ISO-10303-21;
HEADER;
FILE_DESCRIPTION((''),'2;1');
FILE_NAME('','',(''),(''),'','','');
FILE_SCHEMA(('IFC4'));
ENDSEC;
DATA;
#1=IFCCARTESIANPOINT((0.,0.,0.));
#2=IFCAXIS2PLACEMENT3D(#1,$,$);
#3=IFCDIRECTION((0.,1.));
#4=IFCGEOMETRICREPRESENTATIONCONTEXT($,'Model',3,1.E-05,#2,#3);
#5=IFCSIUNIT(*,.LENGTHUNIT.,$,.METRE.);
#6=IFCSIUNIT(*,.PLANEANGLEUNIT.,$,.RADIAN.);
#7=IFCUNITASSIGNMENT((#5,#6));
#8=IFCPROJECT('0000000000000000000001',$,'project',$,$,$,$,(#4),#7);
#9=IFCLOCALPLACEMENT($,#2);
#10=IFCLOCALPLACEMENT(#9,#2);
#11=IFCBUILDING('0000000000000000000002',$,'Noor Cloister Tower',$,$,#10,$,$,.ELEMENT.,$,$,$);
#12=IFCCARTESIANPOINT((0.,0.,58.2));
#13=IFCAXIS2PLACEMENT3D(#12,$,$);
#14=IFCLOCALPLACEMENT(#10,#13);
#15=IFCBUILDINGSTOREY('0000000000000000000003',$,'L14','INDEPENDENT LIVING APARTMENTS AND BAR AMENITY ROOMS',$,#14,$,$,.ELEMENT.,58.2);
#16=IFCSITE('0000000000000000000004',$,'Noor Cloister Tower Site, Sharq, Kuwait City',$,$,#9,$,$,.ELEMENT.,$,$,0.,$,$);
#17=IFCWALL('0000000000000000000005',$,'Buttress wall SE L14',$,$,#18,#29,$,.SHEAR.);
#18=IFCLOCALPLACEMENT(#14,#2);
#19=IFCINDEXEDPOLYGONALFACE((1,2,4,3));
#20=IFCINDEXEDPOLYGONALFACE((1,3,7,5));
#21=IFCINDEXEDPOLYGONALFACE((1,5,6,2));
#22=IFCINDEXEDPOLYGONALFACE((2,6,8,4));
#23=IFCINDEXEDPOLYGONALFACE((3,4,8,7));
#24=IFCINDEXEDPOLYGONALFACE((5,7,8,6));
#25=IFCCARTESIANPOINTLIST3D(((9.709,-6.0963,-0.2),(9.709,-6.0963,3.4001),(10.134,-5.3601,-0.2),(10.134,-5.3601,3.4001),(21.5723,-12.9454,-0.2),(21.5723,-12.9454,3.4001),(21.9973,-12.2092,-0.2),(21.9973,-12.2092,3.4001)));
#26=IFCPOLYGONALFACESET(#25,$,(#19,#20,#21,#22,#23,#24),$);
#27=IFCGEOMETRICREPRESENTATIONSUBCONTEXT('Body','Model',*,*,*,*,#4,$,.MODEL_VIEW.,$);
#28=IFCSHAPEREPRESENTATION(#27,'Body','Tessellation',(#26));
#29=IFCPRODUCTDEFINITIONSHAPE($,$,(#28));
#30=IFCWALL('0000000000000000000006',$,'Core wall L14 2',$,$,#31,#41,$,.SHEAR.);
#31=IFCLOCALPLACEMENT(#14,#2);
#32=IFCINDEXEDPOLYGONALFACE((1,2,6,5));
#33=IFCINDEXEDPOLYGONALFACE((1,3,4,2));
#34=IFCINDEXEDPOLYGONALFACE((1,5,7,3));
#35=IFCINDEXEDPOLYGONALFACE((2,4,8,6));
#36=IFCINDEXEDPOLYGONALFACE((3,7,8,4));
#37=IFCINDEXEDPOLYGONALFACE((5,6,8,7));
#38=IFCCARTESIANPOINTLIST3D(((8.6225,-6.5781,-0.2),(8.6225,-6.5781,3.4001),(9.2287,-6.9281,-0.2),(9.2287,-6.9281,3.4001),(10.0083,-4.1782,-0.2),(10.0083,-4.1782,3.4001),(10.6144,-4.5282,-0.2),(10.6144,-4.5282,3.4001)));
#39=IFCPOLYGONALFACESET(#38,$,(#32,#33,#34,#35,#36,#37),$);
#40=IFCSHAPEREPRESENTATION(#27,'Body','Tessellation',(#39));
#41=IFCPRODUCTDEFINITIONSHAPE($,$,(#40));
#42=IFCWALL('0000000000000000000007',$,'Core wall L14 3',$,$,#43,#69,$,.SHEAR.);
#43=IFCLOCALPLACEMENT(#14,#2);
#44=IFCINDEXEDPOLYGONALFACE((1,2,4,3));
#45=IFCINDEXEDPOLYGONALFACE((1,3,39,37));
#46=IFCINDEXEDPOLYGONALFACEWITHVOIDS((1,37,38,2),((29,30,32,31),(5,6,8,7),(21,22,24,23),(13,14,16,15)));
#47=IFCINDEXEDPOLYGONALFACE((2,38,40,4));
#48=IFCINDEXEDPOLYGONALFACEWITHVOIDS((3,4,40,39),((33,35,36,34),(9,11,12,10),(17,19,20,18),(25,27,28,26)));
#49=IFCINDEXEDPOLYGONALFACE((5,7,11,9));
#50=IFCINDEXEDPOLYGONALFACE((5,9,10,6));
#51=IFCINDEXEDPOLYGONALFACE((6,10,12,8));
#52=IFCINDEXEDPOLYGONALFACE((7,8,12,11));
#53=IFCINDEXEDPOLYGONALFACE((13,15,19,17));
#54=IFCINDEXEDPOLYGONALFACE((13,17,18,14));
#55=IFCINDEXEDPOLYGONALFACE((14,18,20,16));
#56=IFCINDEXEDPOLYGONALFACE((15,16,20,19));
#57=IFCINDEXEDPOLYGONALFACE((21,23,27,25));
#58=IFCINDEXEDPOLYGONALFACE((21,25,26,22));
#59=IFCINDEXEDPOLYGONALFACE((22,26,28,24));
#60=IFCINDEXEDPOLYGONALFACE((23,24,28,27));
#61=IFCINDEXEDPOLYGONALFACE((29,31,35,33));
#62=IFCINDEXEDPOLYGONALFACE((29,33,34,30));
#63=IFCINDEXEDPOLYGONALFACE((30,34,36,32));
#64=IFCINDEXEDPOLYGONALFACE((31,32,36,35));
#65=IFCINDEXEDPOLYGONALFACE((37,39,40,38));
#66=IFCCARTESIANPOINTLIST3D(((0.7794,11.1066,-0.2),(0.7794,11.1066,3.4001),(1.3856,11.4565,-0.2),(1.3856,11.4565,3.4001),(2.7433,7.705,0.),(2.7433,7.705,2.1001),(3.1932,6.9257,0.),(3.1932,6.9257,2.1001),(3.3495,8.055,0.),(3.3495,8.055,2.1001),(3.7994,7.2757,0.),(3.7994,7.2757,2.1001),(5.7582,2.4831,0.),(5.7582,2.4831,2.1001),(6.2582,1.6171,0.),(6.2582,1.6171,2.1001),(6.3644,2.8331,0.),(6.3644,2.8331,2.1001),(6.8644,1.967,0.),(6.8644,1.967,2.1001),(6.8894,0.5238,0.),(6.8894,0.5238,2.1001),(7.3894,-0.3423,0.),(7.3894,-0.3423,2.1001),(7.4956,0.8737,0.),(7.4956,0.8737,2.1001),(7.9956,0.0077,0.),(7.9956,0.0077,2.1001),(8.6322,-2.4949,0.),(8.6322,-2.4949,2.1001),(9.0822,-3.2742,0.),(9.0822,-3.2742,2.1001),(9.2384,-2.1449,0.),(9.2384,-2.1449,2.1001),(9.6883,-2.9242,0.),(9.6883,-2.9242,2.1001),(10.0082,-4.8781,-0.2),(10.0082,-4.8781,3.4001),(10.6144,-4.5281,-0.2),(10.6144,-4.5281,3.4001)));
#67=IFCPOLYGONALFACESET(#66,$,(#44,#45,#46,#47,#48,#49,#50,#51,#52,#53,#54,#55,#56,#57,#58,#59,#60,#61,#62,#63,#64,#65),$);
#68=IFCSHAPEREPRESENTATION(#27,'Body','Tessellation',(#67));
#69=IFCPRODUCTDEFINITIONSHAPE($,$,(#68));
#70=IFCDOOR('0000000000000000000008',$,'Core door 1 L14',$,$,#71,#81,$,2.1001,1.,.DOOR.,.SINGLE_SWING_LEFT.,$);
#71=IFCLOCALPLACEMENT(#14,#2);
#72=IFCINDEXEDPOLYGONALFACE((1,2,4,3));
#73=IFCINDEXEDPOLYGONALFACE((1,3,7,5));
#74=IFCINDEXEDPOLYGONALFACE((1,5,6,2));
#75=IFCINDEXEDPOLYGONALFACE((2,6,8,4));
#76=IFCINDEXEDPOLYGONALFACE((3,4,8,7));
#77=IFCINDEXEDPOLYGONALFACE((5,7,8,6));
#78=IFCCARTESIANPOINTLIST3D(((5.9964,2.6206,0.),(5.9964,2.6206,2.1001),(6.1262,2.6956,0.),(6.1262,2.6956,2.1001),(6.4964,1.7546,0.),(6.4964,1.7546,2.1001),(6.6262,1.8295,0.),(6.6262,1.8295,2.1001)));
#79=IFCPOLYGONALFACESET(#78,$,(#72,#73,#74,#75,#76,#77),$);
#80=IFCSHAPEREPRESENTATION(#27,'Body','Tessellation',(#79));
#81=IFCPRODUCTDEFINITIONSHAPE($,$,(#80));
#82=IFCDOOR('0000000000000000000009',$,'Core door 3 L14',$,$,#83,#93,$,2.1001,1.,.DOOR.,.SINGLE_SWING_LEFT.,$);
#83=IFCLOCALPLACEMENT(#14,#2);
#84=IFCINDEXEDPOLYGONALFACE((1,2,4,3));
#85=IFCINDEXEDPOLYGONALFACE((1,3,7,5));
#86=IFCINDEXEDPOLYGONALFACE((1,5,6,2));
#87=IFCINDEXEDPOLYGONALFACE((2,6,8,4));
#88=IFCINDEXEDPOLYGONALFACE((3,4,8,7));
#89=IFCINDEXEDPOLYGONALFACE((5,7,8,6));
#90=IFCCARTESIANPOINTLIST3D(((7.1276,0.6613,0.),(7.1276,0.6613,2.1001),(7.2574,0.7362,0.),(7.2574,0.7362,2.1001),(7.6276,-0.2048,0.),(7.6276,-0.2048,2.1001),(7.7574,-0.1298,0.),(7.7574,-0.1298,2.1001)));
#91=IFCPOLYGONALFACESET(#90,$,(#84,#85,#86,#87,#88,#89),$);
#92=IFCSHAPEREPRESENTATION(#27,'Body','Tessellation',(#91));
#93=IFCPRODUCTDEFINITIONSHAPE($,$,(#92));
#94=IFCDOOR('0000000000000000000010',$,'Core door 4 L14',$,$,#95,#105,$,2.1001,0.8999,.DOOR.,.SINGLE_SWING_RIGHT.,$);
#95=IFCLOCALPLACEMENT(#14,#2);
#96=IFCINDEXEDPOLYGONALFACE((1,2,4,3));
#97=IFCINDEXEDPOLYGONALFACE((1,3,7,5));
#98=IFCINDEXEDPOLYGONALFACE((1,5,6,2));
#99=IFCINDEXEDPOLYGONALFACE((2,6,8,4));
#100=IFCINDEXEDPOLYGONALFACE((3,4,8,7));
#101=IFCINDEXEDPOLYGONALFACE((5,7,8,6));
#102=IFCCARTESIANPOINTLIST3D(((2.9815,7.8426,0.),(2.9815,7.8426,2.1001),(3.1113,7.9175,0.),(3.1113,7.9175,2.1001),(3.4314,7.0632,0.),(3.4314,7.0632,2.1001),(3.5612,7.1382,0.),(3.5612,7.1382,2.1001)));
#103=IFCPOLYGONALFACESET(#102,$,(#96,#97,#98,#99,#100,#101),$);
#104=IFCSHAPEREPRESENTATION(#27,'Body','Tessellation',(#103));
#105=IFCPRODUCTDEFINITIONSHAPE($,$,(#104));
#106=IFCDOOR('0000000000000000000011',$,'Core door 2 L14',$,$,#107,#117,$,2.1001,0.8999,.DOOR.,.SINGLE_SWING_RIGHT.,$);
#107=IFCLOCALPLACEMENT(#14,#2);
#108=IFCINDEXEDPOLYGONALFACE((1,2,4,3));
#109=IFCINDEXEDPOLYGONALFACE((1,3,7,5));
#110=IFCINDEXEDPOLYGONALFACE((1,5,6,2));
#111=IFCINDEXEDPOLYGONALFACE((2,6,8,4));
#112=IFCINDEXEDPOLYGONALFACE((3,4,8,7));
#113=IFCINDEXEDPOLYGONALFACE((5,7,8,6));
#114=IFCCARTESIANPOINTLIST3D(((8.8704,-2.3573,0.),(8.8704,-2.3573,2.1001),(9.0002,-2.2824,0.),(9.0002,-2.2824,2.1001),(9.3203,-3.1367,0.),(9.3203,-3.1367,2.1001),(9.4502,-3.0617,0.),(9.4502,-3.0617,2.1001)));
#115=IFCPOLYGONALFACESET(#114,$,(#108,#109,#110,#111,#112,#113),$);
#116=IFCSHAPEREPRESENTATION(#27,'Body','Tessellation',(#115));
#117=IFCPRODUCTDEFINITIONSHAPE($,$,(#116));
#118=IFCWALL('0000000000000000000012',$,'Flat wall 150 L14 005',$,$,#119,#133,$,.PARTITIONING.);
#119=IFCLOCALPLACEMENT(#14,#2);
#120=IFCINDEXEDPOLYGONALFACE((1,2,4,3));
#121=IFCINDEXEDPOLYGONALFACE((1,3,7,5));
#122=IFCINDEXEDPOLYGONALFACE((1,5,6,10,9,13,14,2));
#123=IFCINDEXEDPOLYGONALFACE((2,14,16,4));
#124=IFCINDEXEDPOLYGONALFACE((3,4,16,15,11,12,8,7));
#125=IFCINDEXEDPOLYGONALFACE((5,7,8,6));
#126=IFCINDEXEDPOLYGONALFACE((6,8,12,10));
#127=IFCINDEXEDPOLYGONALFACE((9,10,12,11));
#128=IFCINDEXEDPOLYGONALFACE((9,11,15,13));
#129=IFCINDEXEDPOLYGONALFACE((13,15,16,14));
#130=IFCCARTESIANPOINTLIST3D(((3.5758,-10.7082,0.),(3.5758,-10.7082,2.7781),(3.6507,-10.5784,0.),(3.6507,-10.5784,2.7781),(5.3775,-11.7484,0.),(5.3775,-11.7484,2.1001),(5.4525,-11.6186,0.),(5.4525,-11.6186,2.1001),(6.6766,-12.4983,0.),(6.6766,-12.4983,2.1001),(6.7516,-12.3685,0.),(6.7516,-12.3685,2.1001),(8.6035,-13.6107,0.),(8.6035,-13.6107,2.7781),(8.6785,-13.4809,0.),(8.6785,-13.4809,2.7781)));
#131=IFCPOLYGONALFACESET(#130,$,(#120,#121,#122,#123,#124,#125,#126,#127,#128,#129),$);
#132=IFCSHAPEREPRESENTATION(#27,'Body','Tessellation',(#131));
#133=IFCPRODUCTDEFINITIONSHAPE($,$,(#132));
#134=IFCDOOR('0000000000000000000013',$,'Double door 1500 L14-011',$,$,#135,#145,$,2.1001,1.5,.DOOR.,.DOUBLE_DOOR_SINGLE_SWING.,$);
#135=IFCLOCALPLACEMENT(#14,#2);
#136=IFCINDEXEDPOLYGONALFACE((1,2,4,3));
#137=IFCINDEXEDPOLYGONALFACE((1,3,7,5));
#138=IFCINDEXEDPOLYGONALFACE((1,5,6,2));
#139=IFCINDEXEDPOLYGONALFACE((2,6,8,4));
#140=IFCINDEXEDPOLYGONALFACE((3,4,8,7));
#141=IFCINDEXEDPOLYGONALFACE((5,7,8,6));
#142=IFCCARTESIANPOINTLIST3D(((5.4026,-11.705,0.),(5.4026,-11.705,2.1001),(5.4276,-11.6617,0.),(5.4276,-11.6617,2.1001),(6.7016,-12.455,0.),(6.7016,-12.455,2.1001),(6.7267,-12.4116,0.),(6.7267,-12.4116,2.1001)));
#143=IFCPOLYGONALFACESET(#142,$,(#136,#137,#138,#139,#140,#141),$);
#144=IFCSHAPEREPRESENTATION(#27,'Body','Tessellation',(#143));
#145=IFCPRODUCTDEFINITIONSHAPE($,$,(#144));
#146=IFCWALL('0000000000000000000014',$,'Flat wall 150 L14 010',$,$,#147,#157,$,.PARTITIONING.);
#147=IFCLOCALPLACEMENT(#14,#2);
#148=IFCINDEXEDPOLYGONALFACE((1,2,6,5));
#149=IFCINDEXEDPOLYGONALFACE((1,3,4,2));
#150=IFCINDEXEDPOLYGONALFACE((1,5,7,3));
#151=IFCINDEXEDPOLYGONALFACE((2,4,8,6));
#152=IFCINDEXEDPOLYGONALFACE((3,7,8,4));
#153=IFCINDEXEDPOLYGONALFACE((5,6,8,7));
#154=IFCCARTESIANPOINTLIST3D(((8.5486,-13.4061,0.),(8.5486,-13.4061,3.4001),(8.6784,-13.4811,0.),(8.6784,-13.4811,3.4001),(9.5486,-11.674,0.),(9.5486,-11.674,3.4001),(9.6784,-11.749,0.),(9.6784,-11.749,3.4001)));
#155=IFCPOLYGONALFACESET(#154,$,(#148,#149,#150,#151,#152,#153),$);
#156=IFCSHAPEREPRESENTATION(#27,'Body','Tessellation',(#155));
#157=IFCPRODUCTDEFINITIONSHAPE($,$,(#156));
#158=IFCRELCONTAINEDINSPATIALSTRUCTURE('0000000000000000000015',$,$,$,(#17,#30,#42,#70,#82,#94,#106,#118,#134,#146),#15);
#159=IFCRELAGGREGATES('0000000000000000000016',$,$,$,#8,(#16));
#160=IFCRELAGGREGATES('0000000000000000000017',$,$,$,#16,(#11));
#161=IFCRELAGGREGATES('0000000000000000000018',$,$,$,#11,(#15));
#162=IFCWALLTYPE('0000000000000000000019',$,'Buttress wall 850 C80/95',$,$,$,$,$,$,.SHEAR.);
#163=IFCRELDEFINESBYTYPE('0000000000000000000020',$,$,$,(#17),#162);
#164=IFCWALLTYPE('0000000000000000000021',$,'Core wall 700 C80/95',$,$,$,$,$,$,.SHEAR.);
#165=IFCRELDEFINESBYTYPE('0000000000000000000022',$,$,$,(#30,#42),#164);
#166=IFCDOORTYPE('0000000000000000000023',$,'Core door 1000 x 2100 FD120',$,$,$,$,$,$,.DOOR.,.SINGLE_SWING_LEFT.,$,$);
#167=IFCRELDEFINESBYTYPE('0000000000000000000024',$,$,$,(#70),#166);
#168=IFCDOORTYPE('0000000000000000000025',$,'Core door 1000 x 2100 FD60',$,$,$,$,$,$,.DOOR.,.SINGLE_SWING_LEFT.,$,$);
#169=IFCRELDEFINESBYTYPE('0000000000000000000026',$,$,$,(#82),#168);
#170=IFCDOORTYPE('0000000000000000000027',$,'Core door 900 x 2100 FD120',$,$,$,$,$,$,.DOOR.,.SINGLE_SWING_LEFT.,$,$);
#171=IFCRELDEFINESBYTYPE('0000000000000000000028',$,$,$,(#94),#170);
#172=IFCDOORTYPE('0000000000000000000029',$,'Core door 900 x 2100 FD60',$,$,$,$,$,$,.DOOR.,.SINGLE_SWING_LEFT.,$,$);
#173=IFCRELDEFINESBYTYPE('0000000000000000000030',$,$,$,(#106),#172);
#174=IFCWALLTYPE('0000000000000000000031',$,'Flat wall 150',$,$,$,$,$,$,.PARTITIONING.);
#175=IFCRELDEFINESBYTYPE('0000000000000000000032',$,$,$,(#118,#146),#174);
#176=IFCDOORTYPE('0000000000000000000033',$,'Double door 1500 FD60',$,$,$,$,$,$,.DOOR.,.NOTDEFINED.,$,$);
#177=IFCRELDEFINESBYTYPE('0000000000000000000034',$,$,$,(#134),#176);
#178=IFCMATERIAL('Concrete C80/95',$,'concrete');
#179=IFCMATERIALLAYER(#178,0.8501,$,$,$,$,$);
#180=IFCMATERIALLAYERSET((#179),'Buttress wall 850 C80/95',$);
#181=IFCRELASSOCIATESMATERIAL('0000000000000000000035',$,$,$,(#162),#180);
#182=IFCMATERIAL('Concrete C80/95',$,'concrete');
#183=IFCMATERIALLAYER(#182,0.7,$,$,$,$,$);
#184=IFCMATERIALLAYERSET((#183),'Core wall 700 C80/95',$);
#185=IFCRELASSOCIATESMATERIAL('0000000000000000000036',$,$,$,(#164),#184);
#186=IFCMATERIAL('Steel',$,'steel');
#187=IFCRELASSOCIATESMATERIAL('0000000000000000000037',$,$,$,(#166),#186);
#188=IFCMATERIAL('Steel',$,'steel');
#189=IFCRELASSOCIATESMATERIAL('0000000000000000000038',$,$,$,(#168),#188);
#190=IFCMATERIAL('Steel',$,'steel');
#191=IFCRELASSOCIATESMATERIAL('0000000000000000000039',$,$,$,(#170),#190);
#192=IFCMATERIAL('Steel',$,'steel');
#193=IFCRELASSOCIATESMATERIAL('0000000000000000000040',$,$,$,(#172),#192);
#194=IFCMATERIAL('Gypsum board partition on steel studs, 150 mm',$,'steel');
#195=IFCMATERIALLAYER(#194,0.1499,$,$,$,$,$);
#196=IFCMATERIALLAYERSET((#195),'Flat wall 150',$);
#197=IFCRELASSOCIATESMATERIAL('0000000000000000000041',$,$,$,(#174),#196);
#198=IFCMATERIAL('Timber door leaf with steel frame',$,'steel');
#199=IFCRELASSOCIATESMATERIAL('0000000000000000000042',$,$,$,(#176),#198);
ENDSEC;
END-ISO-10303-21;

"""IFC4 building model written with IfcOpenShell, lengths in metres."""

from ifc_helpers import new_model, si_unit, direction, frame, frame_2d, origin, place, context, subcontext, project, spatial, rectangle, extrude, material, layer, layer_set, type_object, element, fill, save


model = new_model("IFC4")

# Units and contexts
model_context = context("Model", 3, precision=1e-05, world=origin(), true_north=direction((0.0, 1.0)))
body_context = subcontext(model_context, "Body", "Model", "MODEL_VIEW")
ifc_project = project(units=[si_unit("LENGTHUNIT", "METRE"), si_unit("PLANEANGLEUNIT", "RADIAN")], contexts=[model_context])

# Site, building, storey
site_placement = place(None, origin())
site = spatial("IfcSite", under=ifc_project, at=site_placement, Name="Noor Cloister Tower Site, Sharq, Kuwait City", CompositionType="ELEMENT", RefElevation=0.0)
building_placement = place(site_placement, origin())
building = spatial("IfcBuilding", under=site, at=building_placement, Name="Noor Cloister Tower", CompositionType="ELEMENT")
storey_placement = place(building_placement, frame((0.0, 0.0, 58.2)))
storey = spatial("IfcBuildingStorey", under=building, at=storey_placement, Name="L14", Description="INDEPENDENT LIVING APARTMENTS AND BAR AMENITY ROOMS", CompositionType="ELEMENT", Elevation=58.2)

# Walls
ifc_material_1 = material(Name="Concrete C80/95", Category="concrete")
ifc_layer_1 = layer(ifc_material_1, 0.8501)
ifc_layer_set_1 = layer_set([ifc_layer_1], Name="Buttress wall 850 C80/95")
wall_type_1 = type_object("IfcWallType", Name="Buttress wall 850 C80/95", PredefinedType="SHEAR", material=ifc_layer_set_1)
wall_1_placement = place(storey_placement, frame((9.9216, -5.7283, -0.2), z_axis=(0.0, 0.0, 1.0), x_axis=(0.86603, -0.499992, 0.0)))
element("IfcWall", 1, at=wall_1_placement, inside=storey, type_object=wall_type_1, Name="Buttress wall SE L14", PredefinedType="SHEAR", context=body_context, shape_type="SweptSolid", body=[
    extrude(rectangle(XDim=13.6985, YDim=0.8501, at=frame_2d((6.8491, 0.0))), origin(), (0.0, 0.0, 1.0), 3.6001),
])
ifc_material_2 = material(Name="Concrete C80/95", Category="concrete")
ifc_layer_2 = layer(ifc_material_2, 0.7)
ifc_layer_set_2 = layer_set([ifc_layer_2], Name="Core wall 700 C80/95")
wall_type_2 = type_object("IfcWallType", Name="Core wall 700 C80/95", PredefinedType="SHEAR", material=ifc_layer_set_2)
wall_2_placement = place(storey_placement, frame((8.9255, -6.7532, -0.2), z_axis=(0.0, 0.0, 1.0), x_axis=(0.500043, 0.866001, 0.0)))
element("IfcWall", 2, at=wall_2_placement, inside=storey, type_object=wall_type_2, Name="Core wall L14 2", PredefinedType="SHEAR", context=body_context, shape_type="SweptSolid", body=[
    extrude(rectangle(XDim=2.7712, YDim=0.7, at=frame_2d((1.3857, 0.0))), origin(), (0.0, 0.0, 1.0), 3.6001),
])

# Wall, openings, doors
wall_3_placement = place(storey_placement, frame((10.3113, -4.7031, -0.2), z_axis=(0.0, 0.0, 1.0), x_axis=(-0.500001, 0.866025, 0.0)))
wall_3 = element("IfcWall", 3, at=wall_3_placement, inside=storey, type_object=wall_type_2, Name="Core wall L14 3", PredefinedType="SHEAR", context=body_context, shape_type="SweptSolid", body=[
    extrude(rectangle(XDim=18.4575, YDim=0.7, at=frame_2d((9.2288, 0.0))), origin(), (0.0, 0.0, 1.0), 3.6001),
])
opening_1_placement = place(wall_3_placement, frame((7.5, 0.0, 0.2)))
opening_1 = element("IfcOpeningElement", 4, at=opening_1_placement, cuts=wall_3, PredefinedType="OPENING", context=body_context, shape_type="SweptSolid", body=[
    extrude(rectangle(XDim=1.0, YDim=2.1001, at=frame_2d((0.5, 1.05))), frame((0.0, 0.3599, 0.0), z_axis=(0.0, -1.0, 0.0), x_axis=(1.0, 0.0, 0.0)), (0.0, 0.0, 1.0), 0.72),
])
opening_2_placement = place(wall_3_placement, frame((1.8521, 0.0, 0.2)))
opening_2 = element("IfcOpeningElement", 5, at=opening_2_placement, cuts=wall_3, PredefinedType="OPENING", context=body_context, shape_type="SweptSolid", body=[
    extrude(rectangle(XDim=0.8999, YDim=2.1001, at=frame_2d((0.45, 1.05))), frame((0.0, 0.3599, 0.0), z_axis=(0.0, -1.0, 0.0), x_axis=(1.0, 0.0, 0.0)), (0.0, 0.0, 1.0), 0.72),
])
opening_3_placement = place(wall_3_placement, frame((5.2375, 0.0, 0.2)))
opening_3 = element("IfcOpeningElement", 6, at=opening_3_placement, cuts=wall_3, PredefinedType="OPENING", context=body_context, shape_type="SweptSolid", body=[
    extrude(rectangle(XDim=1.0, YDim=2.1001, at=frame_2d((0.5, 1.05))), frame((0.0, 0.3599, 0.0), z_axis=(0.0, -1.0, 0.0), x_axis=(1.0, 0.0, 0.0)), (0.0, 0.0, 1.0), 0.72),
])
opening_4_placement = place(wall_3_placement, frame((13.6299, 0.0, 0.2)))
opening_4 = element("IfcOpeningElement", 7, at=opening_4_placement, cuts=wall_3, PredefinedType="OPENING", context=body_context, shape_type="SweptSolid", body=[
    extrude(rectangle(XDim=0.8999, YDim=2.1001, at=frame_2d((0.45, 1.05))), frame((0.0, 0.3599, 0.0), z_axis=(0.0, -1.0, 0.0), x_axis=(1.0, 0.0, 0.0)), (0.0, 0.0, 1.0), 0.72),
])
ifc_material_3 = material(Name="Steel", Category="steel")
door_type_1 = type_object("IfcDoorType", Name="Core door 1000 x 2100 FD120", OperationType="SINGLE_SWING_LEFT", PredefinedType="DOOR", material=ifc_material_3)
door_1_placement = place(opening_1_placement, origin())
door_1 = element("IfcDoor", 8, at=door_1_placement, inside=storey, type_object=door_type_1, Name="Core door 1 L14", OperationType="SINGLE_SWING_LEFT", OverallHeight=2.1001, OverallWidth=1.0, PredefinedType="DOOR", context=body_context, shape_type="SweptSolid", body=[
    extrude(rectangle(XDim=1.0, YDim=2.1001, at=frame_2d((0.5, 1.05))), frame((0.0, 0.075, 0.0), z_axis=(0.0, -1.0, 0.0), x_axis=(1.0, 0.0, 0.0)), (0.0, 0.0, 1.0), 0.1499),
])
fill(opening_1, door_1)
ifc_material_4 = material(Name="Steel", Category="steel")
door_type_2 = type_object("IfcDoorType", Name="Core door 1000 x 2100 FD60", OperationType="SINGLE_SWING_LEFT", PredefinedType="DOOR", material=ifc_material_4)
door_2_placement = place(opening_3_placement, origin())
door_2 = element("IfcDoor", 9, at=door_2_placement, inside=storey, type_object=door_type_2, Name="Core door 3 L14", OperationType="SINGLE_SWING_LEFT", OverallHeight=2.1001, OverallWidth=1.0, PredefinedType="DOOR", context=body_context, shape_type="SweptSolid", body=[
    extrude(rectangle(XDim=1.0, YDim=2.1001, at=frame_2d((0.5, 1.05))), frame((0.0, 0.075, 0.0), z_axis=(0.0, -1.0, 0.0), x_axis=(1.0, 0.0, 0.0)), (0.0, 0.0, 1.0), 0.1499),
])
fill(opening_3, door_2)
ifc_material_5 = material(Name="Steel", Category="steel")
door_type_3 = type_object("IfcDoorType", Name="Core door 900 x 2100 FD120", OperationType="SINGLE_SWING_LEFT", PredefinedType="DOOR", material=ifc_material_5)
door_3_placement = place(opening_4_placement, origin())
door_3 = element("IfcDoor", 10, at=door_3_placement, inside=storey, type_object=door_type_3, Name="Core door 4 L14", OperationType="SINGLE_SWING_RIGHT", OverallHeight=2.1001, OverallWidth=0.8999, PredefinedType="DOOR", context=body_context, shape_type="SweptSolid", body=[
    extrude(rectangle(XDim=0.8999, YDim=2.1001, at=frame_2d((0.45, 1.05))), frame((0.0, 0.075, 0.0), z_axis=(0.0, -1.0, 0.0), x_axis=(1.0, 0.0, 0.0)), (0.0, 0.0, 1.0), 0.1499),
])
fill(opening_4, door_3)
ifc_material_6 = material(Name="Steel", Category="steel")
door_type_4 = type_object("IfcDoorType", Name="Core door 900 x 2100 FD60", OperationType="SINGLE_SWING_LEFT", PredefinedType="DOOR", material=ifc_material_6)
door_4_placement = place(opening_2_placement, origin())
door_4 = element("IfcDoor", 11, at=door_4_placement, inside=storey, type_object=door_type_4, Name="Core door 2 L14", OperationType="SINGLE_SWING_RIGHT", OverallHeight=2.1001, OverallWidth=0.8999, PredefinedType="DOOR", context=body_context, shape_type="SweptSolid", body=[
    extrude(rectangle(XDim=0.8999, YDim=2.1001, at=frame_2d((0.45, 1.05))), frame((0.0, 0.075, 0.0), z_axis=(0.0, -1.0, 0.0), x_axis=(1.0, 0.0, 0.0)), (0.0, 0.0, 1.0), 0.1499),
])
fill(opening_2, door_4)

# Wall, opening, door
ifc_material_7 = material(Name="Gypsum board partition on steel studs, 150 mm", Category="steel")
ifc_layer_3 = layer(ifc_material_7, 0.1499)
ifc_layer_set_3 = layer_set([ifc_layer_3], Name="Flat wall 150")
wall_type_3 = type_object("IfcWallType", Name="Flat wall 150", PredefinedType="PARTITIONING", material=ifc_layer_set_3)
wall_4_placement = place(storey_placement, frame((8.6411, -13.5459, 0.0), z_axis=(0.0, 0.0, 1.0), x_axis=(-0.866043, 0.49997, 0.0)))
wall_4 = element("IfcWall", 12, at=wall_4_placement, inside=storey, type_object=wall_type_3, Name="Flat wall 150 L14 005", PredefinedType="PARTITIONING", context=body_context, shape_type="SweptSolid", body=[
    extrude(rectangle(XDim=5.8054, YDim=0.1499, at=frame_2d((2.9028, 0.0))), origin(), (0.0, 0.0, 1.0), 2.7781),
])
opening_5_placement = place(wall_4_placement, frame((2.2251, 0.0, 0.0)))
opening_5 = element("IfcOpeningElement", 13, at=opening_5_placement, cuts=wall_4, PredefinedType="OPENING", context=body_context, shape_type="SweptSolid", body=[
    extrude(rectangle(XDim=1.5, YDim=2.1001, at=frame_2d((0.75, 1.05))), frame((0.0, 0.085, 0.0), z_axis=(0.0, -1.0, 0.0), x_axis=(1.0, 0.0, 0.0)), (0.0, 0.0, 1.0), 0.1699),
])
ifc_material_8 = material(Name="Timber door leaf with steel frame", Category="steel")
door_type_5 = type_object("IfcDoorType", Name="Double door 1500 FD60", OperationType="NOTDEFINED", PredefinedType="DOOR", material=ifc_material_8)
door_5_placement = place(opening_5_placement, origin())
door_5 = element("IfcDoor", 14, at=door_5_placement, inside=storey, type_object=door_type_5, Name="Double door 1500 L14-011", OperationType="DOUBLE_DOOR_SINGLE_SWING", OverallHeight=2.1001, OverallWidth=1.5, PredefinedType="DOOR", context=body_context, shape_type="SweptSolid", body=[
    extrude(rectangle(XDim=1.5, YDim=2.1001, at=frame_2d((0.75, 1.05))), frame((0.0, 0.0249, 0.0), z_axis=(0.0, -1.0, 0.0), x_axis=(1.0, 0.0, 0.0)), (0.0, 0.0, 1.0), 0.05),
])
fill(opening_5, door_5)

# Wall
wall_5_placement = place(storey_placement, frame((8.6135, -13.4436, 0.0), z_axis=(0.0, 0.0, 1.0), x_axis=(0.499973, 0.866041, 0.0)))
element("IfcWall", 15, at=wall_5_placement, inside=storey, type_object=wall_type_3, Name="Flat wall 150 L14 010", PredefinedType="PARTITIONING", context=body_context, shape_type="SweptSolid", body=[
    extrude(rectangle(XDim=2.0, YDim=0.1499, at=frame_2d((1.0, 0.0))), origin(), (0.0, 0.0, 1.0), 3.4001),
])

save(model, "model.ifc")
